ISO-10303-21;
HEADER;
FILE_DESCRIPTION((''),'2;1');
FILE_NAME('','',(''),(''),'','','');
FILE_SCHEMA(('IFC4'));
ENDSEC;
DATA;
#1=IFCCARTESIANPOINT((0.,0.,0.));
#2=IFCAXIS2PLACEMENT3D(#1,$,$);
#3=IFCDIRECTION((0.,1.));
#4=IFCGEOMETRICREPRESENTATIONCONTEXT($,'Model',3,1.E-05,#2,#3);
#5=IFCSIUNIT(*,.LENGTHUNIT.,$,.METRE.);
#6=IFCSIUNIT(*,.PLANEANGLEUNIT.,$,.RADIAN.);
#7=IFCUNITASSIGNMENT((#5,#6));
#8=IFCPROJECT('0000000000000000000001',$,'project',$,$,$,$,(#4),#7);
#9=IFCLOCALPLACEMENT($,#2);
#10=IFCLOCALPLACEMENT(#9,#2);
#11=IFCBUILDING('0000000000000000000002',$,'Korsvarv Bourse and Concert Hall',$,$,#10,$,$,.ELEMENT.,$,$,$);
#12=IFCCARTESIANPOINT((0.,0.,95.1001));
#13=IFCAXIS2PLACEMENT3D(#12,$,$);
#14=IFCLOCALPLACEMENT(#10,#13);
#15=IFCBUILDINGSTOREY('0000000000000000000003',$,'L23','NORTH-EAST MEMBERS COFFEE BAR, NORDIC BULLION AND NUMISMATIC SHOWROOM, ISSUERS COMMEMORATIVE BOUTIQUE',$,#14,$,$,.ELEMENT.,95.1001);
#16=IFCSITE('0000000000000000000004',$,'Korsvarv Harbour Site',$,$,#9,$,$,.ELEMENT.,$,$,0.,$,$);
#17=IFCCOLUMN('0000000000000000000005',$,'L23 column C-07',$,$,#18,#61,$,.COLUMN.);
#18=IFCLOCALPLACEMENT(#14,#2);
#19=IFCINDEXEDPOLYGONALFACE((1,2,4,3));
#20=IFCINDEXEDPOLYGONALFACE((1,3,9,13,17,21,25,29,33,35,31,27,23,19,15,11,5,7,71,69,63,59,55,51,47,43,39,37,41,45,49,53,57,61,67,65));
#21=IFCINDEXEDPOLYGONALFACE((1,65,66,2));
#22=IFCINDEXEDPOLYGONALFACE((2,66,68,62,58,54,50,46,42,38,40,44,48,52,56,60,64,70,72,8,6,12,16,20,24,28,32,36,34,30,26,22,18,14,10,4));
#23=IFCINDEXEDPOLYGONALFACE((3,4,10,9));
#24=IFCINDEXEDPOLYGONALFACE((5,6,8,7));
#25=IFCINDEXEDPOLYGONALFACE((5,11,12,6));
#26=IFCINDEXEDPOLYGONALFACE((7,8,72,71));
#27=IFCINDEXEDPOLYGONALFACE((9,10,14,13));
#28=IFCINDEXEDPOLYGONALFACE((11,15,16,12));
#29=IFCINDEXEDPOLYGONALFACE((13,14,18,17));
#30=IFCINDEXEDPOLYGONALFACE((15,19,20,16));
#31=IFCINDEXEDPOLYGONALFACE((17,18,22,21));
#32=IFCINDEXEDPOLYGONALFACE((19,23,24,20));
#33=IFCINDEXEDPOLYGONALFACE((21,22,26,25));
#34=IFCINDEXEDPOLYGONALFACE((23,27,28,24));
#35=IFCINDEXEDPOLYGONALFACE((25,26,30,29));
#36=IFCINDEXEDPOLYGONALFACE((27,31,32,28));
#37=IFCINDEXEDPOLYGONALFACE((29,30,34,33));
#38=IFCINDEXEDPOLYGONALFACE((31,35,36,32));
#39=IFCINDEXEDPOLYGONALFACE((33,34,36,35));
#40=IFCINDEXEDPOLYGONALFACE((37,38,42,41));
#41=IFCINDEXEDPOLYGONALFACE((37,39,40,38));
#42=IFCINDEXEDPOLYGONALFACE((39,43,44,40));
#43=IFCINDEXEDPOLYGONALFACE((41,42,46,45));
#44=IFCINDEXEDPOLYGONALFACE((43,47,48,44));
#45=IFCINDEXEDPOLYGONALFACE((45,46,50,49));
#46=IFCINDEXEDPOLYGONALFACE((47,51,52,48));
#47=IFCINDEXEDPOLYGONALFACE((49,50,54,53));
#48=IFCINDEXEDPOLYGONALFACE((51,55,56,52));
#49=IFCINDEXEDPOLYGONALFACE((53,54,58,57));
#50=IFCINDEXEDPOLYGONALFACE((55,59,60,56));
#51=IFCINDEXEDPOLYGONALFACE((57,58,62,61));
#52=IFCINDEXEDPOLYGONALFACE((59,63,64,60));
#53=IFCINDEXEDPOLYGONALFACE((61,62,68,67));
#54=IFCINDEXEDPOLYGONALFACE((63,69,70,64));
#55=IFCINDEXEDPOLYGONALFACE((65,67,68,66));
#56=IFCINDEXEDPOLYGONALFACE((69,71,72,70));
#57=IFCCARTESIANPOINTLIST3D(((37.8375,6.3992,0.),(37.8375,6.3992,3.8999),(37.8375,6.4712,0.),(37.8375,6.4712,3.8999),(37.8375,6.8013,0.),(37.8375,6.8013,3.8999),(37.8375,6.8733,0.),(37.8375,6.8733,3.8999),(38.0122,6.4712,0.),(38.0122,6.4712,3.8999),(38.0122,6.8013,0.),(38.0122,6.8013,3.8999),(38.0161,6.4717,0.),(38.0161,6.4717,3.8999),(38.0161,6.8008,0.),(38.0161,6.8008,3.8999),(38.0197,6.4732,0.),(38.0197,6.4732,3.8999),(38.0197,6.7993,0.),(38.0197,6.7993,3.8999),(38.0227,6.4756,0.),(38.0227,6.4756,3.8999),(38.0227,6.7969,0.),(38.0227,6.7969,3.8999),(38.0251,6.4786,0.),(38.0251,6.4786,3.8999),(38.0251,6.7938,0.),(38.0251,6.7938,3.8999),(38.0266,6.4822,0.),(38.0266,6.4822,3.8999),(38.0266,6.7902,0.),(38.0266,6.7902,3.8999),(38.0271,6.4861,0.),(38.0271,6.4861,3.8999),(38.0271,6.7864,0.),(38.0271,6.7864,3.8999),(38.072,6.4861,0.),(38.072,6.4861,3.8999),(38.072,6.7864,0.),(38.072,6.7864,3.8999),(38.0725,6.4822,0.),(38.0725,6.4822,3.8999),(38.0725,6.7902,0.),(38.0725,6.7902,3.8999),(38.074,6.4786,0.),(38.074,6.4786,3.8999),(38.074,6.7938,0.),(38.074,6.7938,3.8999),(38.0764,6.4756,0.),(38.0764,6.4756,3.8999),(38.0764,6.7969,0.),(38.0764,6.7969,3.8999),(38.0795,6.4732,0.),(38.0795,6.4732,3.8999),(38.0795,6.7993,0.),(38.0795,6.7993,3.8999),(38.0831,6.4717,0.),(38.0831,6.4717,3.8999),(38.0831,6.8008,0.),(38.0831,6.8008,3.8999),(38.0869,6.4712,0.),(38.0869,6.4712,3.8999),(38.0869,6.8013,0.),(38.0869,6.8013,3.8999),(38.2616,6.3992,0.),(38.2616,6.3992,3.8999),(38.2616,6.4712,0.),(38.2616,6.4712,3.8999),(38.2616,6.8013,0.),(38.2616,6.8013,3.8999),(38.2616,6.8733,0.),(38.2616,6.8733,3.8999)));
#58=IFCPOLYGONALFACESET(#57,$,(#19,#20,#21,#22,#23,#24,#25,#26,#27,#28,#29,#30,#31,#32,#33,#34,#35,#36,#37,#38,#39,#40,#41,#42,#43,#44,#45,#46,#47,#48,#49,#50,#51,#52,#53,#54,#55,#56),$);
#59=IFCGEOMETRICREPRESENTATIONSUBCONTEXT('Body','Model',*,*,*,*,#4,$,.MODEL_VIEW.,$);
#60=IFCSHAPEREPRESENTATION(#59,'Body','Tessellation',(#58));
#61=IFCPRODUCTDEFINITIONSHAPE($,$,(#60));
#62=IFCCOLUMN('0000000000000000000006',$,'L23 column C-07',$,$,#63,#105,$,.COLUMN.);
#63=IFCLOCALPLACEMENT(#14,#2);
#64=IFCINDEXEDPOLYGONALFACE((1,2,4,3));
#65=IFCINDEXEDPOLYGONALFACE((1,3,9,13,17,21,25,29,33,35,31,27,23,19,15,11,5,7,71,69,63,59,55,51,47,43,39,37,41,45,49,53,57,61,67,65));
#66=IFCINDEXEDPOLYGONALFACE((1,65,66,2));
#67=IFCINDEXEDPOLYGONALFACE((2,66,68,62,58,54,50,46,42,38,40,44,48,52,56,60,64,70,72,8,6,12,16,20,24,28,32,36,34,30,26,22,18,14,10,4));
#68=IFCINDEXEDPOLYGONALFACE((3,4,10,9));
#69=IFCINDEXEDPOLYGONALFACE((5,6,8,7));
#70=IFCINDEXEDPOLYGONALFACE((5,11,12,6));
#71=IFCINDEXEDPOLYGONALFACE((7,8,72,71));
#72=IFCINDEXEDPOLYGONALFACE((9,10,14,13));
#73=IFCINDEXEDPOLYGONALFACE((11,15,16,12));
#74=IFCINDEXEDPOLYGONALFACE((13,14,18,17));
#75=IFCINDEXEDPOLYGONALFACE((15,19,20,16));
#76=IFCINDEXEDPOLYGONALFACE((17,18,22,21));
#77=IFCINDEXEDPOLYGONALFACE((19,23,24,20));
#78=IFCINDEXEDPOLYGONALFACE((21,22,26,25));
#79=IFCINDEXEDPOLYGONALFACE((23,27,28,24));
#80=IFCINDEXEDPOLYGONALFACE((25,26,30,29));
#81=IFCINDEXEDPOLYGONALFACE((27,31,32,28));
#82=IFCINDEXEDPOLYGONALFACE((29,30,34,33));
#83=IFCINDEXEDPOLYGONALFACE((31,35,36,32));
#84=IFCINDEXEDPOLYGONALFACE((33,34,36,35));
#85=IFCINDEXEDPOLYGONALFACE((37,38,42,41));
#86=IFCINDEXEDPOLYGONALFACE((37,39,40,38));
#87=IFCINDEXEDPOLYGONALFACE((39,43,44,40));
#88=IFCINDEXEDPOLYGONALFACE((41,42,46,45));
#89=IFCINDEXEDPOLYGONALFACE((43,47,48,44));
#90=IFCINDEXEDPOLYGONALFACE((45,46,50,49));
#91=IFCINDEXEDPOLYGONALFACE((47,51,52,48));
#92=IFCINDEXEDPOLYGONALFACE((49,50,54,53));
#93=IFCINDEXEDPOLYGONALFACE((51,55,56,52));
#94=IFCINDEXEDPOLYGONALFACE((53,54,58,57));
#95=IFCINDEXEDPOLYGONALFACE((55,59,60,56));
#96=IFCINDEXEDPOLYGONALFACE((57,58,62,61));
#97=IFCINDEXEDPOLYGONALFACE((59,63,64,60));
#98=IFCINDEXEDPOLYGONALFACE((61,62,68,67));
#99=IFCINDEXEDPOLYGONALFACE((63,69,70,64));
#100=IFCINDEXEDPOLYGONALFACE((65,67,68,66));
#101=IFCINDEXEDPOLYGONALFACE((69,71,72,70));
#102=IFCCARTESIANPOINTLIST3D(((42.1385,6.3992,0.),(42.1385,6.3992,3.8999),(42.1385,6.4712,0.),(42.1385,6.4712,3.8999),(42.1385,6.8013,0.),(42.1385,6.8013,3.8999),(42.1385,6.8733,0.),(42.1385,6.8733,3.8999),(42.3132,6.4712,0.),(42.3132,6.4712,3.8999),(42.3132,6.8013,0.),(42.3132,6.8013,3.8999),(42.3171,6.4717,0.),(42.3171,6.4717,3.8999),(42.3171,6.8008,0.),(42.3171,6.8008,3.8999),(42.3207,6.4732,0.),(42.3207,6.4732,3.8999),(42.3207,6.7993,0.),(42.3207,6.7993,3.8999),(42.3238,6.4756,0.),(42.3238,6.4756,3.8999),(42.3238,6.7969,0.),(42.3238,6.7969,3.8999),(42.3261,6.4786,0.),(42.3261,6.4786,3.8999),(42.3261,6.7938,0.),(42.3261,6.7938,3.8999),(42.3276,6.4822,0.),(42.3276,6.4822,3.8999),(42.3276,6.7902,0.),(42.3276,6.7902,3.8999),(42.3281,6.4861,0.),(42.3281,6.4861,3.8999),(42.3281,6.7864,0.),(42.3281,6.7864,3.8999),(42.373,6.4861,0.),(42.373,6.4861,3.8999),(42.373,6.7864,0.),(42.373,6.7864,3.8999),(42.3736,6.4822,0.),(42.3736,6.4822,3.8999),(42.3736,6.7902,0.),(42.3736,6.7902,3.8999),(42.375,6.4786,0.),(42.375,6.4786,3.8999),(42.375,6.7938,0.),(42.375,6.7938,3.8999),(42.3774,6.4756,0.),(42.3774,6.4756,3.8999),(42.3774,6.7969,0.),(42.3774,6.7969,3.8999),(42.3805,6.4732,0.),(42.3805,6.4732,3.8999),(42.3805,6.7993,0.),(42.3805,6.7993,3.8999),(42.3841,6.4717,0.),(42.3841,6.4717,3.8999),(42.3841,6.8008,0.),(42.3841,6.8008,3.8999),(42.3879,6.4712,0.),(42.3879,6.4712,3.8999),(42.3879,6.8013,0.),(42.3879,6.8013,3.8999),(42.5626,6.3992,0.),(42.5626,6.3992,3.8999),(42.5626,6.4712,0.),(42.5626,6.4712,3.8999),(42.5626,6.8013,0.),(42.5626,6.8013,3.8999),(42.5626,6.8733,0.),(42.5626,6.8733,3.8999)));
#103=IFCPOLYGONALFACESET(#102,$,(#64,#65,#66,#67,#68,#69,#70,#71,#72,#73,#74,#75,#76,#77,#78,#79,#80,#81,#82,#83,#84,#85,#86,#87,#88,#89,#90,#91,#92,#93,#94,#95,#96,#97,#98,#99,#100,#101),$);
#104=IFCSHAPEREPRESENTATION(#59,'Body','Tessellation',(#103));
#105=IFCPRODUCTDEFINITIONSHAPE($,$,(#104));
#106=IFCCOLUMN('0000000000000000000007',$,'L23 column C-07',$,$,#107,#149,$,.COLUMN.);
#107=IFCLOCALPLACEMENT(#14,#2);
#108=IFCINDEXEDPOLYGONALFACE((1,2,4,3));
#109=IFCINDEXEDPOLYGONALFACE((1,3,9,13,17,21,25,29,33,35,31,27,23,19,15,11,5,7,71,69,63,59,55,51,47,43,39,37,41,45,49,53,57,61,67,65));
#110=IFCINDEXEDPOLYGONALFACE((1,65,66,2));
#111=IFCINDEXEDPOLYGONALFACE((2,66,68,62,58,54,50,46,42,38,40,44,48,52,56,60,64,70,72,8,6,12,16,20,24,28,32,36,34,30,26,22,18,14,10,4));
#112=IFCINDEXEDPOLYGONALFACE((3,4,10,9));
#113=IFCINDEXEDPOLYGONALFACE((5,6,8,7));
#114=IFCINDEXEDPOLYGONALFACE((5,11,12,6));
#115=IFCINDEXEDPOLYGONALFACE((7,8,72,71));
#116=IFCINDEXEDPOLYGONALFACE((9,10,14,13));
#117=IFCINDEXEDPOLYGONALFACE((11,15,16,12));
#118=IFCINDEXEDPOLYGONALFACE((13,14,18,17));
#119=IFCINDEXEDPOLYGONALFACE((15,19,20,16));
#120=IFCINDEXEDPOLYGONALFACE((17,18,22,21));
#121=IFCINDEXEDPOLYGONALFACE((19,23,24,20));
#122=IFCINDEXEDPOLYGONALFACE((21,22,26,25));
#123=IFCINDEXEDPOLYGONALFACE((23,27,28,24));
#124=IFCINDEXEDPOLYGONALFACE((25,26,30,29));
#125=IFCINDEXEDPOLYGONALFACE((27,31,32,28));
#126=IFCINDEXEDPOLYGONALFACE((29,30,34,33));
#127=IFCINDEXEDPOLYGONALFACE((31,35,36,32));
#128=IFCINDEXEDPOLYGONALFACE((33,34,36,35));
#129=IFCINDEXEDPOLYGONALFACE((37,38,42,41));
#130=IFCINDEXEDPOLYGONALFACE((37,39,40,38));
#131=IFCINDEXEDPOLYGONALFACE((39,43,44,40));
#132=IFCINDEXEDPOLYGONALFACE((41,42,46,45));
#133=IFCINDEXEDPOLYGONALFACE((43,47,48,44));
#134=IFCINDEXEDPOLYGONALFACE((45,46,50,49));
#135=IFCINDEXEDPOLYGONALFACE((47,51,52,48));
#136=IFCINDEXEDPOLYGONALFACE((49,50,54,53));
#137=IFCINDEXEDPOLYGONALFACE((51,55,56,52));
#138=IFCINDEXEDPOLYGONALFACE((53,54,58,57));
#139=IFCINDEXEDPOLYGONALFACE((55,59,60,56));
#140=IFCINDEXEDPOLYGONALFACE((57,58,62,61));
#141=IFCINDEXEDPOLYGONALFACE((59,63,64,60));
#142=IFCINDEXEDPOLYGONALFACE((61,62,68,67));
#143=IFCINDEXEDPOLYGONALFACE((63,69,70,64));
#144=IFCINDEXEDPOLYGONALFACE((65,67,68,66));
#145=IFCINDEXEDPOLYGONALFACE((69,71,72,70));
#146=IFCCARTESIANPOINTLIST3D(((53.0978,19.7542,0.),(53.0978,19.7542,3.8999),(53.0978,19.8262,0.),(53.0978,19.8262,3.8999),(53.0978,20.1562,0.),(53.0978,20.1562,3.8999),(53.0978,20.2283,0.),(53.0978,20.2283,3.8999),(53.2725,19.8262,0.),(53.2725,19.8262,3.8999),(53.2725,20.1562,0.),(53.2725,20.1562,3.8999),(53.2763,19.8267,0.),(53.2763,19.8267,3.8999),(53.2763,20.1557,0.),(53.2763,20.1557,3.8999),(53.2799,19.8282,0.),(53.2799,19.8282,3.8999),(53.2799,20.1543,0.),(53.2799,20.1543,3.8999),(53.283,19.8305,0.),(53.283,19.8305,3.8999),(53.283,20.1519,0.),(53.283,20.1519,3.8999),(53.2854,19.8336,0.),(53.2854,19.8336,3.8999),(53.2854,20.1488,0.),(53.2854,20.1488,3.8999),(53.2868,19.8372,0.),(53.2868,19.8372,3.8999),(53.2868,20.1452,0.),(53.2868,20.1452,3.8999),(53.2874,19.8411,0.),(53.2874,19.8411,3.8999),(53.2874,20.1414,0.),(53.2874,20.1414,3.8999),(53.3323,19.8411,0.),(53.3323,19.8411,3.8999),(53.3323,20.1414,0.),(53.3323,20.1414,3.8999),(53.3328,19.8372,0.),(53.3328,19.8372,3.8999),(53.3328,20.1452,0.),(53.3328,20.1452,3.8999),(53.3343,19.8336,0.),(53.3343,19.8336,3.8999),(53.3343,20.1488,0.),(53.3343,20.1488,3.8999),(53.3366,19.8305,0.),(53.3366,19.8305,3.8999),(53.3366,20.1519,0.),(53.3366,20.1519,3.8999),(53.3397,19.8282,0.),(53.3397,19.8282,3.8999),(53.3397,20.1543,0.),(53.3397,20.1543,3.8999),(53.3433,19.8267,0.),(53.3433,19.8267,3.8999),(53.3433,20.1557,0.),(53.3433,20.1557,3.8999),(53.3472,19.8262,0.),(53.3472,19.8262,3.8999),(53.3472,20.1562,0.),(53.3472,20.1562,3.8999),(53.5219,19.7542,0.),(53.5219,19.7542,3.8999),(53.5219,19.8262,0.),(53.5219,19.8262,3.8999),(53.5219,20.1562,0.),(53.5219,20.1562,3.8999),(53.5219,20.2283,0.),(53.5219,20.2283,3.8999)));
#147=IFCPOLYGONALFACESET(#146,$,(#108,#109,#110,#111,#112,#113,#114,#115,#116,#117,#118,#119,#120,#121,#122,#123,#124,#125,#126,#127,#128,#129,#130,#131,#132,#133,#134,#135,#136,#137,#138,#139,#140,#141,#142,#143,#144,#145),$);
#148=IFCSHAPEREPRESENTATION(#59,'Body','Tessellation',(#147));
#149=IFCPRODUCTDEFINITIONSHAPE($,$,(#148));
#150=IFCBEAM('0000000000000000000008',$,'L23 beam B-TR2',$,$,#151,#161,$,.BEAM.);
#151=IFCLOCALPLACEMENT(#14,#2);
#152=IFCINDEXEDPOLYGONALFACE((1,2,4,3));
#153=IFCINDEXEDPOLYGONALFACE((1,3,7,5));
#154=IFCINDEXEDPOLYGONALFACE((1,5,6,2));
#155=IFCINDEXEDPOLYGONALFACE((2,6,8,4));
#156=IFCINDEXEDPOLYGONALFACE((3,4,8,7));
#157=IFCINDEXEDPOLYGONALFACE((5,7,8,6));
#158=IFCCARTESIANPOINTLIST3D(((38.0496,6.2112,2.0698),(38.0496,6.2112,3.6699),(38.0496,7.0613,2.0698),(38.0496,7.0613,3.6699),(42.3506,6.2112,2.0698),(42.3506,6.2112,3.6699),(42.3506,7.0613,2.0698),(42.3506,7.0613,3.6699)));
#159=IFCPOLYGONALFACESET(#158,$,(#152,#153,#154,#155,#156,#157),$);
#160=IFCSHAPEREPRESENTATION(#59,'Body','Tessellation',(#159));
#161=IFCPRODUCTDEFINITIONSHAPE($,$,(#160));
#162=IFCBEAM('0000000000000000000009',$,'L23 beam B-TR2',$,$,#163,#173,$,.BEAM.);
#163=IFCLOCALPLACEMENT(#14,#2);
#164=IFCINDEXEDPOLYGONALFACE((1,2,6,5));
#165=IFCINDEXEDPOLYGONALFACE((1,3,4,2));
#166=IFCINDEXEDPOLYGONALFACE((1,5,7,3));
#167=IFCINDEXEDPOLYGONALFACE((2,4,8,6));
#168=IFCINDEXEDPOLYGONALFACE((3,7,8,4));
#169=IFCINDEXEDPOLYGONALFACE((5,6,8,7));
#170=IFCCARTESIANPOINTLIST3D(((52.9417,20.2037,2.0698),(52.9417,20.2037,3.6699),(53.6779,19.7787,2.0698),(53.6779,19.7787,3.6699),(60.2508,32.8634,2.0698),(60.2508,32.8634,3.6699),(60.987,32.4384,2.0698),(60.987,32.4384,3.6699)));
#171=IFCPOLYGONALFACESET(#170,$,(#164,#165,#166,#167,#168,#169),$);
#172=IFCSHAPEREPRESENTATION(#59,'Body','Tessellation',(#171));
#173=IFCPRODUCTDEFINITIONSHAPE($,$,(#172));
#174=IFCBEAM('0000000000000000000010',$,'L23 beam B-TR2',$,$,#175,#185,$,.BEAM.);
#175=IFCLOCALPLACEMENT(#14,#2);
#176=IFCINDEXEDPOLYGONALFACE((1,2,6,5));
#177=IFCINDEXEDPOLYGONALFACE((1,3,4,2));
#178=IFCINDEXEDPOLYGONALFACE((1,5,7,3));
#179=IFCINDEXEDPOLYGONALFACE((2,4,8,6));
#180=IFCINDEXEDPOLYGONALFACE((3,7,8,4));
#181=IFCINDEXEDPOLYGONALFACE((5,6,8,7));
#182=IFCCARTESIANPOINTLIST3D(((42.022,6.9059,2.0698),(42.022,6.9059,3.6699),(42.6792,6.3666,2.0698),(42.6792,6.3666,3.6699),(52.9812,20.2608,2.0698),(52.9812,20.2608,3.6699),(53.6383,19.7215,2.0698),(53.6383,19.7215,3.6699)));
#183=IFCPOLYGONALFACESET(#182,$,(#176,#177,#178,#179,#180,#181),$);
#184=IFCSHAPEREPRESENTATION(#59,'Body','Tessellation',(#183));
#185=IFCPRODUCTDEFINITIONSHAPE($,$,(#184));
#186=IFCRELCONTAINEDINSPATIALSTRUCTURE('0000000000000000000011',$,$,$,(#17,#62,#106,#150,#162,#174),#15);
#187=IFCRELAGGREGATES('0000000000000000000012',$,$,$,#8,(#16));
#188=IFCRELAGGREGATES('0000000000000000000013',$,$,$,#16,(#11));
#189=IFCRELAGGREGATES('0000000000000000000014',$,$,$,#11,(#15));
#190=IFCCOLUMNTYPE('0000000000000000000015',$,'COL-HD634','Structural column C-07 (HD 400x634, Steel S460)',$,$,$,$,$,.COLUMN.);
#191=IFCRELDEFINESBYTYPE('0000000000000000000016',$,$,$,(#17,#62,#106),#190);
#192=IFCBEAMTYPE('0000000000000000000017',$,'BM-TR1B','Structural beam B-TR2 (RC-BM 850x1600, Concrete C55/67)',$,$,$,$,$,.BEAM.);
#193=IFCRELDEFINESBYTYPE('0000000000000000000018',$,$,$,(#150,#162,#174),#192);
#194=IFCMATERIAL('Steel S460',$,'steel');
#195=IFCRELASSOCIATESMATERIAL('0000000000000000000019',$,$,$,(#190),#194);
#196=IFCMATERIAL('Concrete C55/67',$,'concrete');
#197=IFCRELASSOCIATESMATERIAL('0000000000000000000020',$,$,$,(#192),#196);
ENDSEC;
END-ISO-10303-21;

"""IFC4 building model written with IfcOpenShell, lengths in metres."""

from ifc_helpers import new_model, si_unit, direction, frame, origin, origin_2d, place, context, subcontext, project, spatial, rectangle, i_section, extrude, source, transform, mapped, material, material_profile, profile_set, type_object, element, save


model = new_model("IFC4")

# Units and contexts
model_context = context("Model", 3, precision=1e-05, world=origin(), true_north=direction((0.0, 1.0)))
body_context = subcontext(model_context, "Body", "Model", "MODEL_VIEW")
ifc_project = project(units=[si_unit("LENGTHUNIT", "METRE"), si_unit("PLANEANGLEUNIT", "RADIAN")], contexts=[model_context])

# Site, building, storey
site_placement = place(None, origin())
site = spatial("IfcSite", under=ifc_project, at=site_placement, Name="Korsvarv Harbour Site", CompositionType="ELEMENT", RefElevation=0.0)
building_placement = place(site_placement, origin())
building = spatial("IfcBuilding", under=site, at=building_placement, Name="Korsvarv Bourse and Concert Hall", CompositionType="ELEMENT")
storey_placement = place(building_placement, frame((0.0, 0.0, 95.1001)))
storey = spatial("IfcBuildingStorey", under=building, at=storey_placement, Name="L23", Description="NORTH-EAST MEMBERS COFFEE BAR, NORDIC BULLION AND NUMISMATIC SHOWROOM, ISSUERS COMMEMORATIVE BOUTIQUE", CompositionType="ELEMENT", Elevation=95.1001)

# Columns
ifc_material_1 = material(Name="Steel S460", Category="steel")
ifc_material_profile_1 = material_profile(ifc_material_1, i_section(OverallWidth=0.4241, OverallDepth=0.4741, WebThickness=0.0449, FlangeThickness=0.072, FilletRadius=0.0149, at=origin_2d()), Name="HD 400x634")
ifc_profile_set_1 = profile_set([ifc_material_profile_1], Name="Steel S460")
column_type = type_object("IfcColumnType", Name="COL-HD634", Description="Structural column C-07 (HD 400x634, Steel S460)", PredefinedType="COLUMN", material=ifc_profile_set_1)
shared_shape_1 = source(origin(), body_context, "Body", "SweptSolid", [
    extrude(i_section(OverallWidth=0.4241, OverallDepth=0.4741, WebThickness=0.0449, FlangeThickness=0.072, FilletRadius=0.0149, at=origin_2d()), origin(), (0.0, 0.0, 1.0), 3.8999),
])
for number, where, z_axis, x_axis, name in (
    (1, (38.0496, 6.6362, 0.0), (0.0, 0.0, 1.0), (1.0, 0.0, 0.0), "L23 column C-07"),
    (2, (42.3506, 6.6362, 0.0), (0.0, 0.0, 1.0), (1.0, 0.0, 0.0), "L23 column C-07"),
    (3, (53.3098, 19.9912, 0.0), (0.0, 0.0, 1.0), (1.0, 0.0, 0.0), "L23 column C-07"),
):
    element("IfcColumn", number, at=place(storey_placement, frame(where, z_axis=z_axis, x_axis=x_axis)), inside=storey, type_object=column_type, Name=name, PredefinedType="COLUMN", context=body_context, shape_type="MappedRepresentation", body=[
        mapped(shared_shape_1, transform((0.0, 0.0, 0.0), scale=1.0)),
    ])

# Beams
ifc_material_2 = material(Name="Concrete C55/67", Category="concrete")
ifc_material_profile_2 = material_profile(ifc_material_2, rectangle(XDim=0.8501, YDim=1.6001, at=origin_2d()), Name="RC-BM 850x1600")
ifc_profile_set_2 = profile_set([ifc_material_profile_2], Name="Concrete C55/67")
beam_type_1 = type_object("IfcBeamType", Name="BM-TR1B", Description="Structural beam B-TR2 (RC-BM 850x1600, Concrete C55/67)", PredefinedType="BEAM", material=ifc_profile_set_2)
shared_shape_2 = source(origin(), body_context, "Body", "SweptSolid", [
    extrude(rectangle(XDim=0.8501, YDim=1.6001, at=origin_2d()), origin(), (0.0, 0.0, 1.0), 4.301),
])
beam_1_placement = place(storey_placement, frame((38.0496, 6.6362, 2.8699), z_axis=(1.0, 0.0, 0.0), x_axis=(0.0, 1.0, 0.0)))
element("IfcBeam", 4, at=beam_1_placement, inside=storey, type_object=beam_type_1, Name="L23 beam B-TR2", PredefinedType="BEAM", context=body_context, shape_type="MappedRepresentation", body=[
    mapped(shared_shape_2, transform((0.0, 0.0, 0.0), scale=1.0)),
])
shared_shape_3 = source(origin(), body_context, "Body", "SweptSolid", [
    extrude(rectangle(XDim=0.8501, YDim=1.6001, at=origin_2d()), origin(), (0.0, 0.0, 1.0), 14.6182),
])
beam_2_placement = place(storey_placement, frame((53.3098, 19.9912, 2.8699), z_axis=(0.500001, 0.866025, 0.0), x_axis=(-0.866025, 0.500001, 0.0)))
element("IfcBeam", 5, at=beam_2_placement, inside=storey, type_object=beam_type_1, Name="L23 beam B-TR2", PredefinedType="BEAM", context=body_context, shape_type="MappedRepresentation", body=[
    mapped(shared_shape_3, transform((0.0, 0.0, 0.0), scale=1.0)),
])
shared_shape_4 = source(origin(), body_context, "Body", "SweptSolid", [
    extrude(rectangle(XDim=0.8501, YDim=1.6001, at=origin_2d()), origin(), (0.0, 0.0, 1.0), 17.2759),
])
beam_3_placement = place(storey_placement, frame((42.3506, 6.6362, 2.8699), z_axis=(0.634361, 0.773037, 0.0), x_axis=(-0.773037, 0.634361, 0.0)))
element("IfcBeam", 6, at=beam_3_placement, inside=storey, type_object=beam_type_1, Name="L23 beam B-TR2", PredefinedType="BEAM", context=body_context, shape_type="MappedRepresentation", body=[
    mapped(shared_shape_4, transform((0.0, 0.0, 0.0), scale=1.0)),
])

save(model, "model.ifc")
